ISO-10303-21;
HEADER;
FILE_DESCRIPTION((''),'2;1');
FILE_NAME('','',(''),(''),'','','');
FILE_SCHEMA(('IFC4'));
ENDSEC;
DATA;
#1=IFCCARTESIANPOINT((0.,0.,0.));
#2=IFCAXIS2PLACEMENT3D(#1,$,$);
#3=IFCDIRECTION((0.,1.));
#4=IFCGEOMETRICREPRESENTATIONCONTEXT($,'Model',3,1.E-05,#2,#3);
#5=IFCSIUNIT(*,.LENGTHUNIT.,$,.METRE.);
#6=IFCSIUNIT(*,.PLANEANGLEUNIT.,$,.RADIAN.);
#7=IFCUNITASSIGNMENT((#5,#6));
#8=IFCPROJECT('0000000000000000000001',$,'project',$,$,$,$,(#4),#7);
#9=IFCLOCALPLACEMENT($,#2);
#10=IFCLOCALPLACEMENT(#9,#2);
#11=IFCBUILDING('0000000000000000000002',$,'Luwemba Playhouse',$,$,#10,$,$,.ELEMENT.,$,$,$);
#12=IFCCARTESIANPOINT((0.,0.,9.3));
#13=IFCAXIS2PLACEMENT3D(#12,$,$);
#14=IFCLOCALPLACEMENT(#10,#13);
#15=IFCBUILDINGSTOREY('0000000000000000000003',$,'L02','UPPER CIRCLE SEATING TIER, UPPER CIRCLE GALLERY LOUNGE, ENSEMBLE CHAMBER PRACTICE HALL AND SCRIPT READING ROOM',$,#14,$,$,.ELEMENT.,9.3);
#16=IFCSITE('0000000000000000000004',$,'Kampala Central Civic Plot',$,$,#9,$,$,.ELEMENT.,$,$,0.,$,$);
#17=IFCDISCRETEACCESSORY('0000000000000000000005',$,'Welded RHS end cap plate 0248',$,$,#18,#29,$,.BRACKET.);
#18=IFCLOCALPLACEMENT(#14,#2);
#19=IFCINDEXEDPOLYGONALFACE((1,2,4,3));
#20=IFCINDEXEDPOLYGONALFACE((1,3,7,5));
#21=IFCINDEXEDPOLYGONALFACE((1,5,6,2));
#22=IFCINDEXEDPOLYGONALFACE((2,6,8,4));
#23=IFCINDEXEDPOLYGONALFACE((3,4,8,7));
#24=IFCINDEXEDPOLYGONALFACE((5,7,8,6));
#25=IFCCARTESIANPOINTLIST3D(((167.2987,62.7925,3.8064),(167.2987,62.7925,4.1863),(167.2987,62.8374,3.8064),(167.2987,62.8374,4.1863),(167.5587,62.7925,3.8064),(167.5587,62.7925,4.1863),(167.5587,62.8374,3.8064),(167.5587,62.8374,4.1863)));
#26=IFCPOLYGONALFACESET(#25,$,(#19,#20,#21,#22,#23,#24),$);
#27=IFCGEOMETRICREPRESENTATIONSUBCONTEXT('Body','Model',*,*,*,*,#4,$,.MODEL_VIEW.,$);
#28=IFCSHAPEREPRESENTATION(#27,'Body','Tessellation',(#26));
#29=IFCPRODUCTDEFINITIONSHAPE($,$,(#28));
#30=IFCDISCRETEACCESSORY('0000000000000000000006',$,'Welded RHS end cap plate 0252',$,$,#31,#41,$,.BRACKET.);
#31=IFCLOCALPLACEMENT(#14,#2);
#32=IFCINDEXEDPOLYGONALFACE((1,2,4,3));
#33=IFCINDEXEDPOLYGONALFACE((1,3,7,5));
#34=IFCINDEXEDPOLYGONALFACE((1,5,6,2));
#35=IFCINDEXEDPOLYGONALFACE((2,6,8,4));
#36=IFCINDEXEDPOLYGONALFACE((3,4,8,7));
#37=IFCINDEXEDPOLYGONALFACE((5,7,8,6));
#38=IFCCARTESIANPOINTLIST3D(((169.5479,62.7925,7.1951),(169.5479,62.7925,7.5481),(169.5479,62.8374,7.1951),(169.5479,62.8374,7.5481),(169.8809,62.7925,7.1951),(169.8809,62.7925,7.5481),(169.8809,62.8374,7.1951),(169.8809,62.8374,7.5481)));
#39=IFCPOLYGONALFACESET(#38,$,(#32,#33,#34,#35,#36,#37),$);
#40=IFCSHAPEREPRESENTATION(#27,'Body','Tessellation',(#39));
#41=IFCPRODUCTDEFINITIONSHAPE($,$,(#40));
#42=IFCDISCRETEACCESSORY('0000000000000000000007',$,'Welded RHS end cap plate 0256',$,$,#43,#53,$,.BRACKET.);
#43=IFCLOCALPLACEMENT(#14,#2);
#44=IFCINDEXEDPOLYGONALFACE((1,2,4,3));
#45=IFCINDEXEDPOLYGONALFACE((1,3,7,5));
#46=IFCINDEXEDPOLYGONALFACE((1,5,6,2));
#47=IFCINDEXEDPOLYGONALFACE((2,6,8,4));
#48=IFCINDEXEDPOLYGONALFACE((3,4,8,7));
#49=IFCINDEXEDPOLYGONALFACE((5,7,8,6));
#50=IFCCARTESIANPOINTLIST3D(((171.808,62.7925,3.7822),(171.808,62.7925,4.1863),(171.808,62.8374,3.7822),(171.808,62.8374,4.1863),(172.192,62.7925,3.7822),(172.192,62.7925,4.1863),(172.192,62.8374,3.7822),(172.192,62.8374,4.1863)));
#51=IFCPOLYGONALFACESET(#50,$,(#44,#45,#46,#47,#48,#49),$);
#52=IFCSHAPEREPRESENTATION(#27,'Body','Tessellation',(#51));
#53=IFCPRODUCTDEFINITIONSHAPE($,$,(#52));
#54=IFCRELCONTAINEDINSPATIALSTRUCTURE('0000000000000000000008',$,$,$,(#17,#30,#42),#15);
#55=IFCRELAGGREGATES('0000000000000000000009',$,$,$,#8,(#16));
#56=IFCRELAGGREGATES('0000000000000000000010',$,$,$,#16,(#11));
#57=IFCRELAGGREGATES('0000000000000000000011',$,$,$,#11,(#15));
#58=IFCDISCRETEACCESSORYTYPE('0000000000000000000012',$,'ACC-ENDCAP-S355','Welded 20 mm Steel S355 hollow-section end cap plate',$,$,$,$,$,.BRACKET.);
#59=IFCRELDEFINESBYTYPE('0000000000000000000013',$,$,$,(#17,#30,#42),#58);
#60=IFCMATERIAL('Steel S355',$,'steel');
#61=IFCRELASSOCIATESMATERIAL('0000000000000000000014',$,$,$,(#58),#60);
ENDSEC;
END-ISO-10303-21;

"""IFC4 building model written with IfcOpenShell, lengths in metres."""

from ifc_helpers import new_model, si_unit, direction, frame, origin, origin_2d, place, context, subcontext, project, spatial, rectangle, extrude, material, type_object, element, save


model = new_model("IFC4")

# Units and contexts
model_context = context("Model", 3, precision=1e-05, world=origin(), true_north=direction((0.0, 1.0)))
body_context = subcontext(model_context, "Body", "Model", "MODEL_VIEW")
ifc_project = project(units=[si_unit("LENGTHUNIT", "METRE"), si_unit("PLANEANGLEUNIT", "RADIAN")], contexts=[model_context])

# Site, building, storey
site_placement = place(None, origin())
site = spatial("IfcSite", under=ifc_project, at=site_placement, Name="Kampala Central Civic Plot", CompositionType="ELEMENT", RefElevation=0.0)
building_placement = place(site_placement, origin())
building = spatial("IfcBuilding", under=site, at=building_placement, Name="Luwemba Playhouse", CompositionType="ELEMENT")
storey_placement = place(building_placement, frame((0.0, 0.0, 9.3)))
storey = spatial("IfcBuildingStorey", under=building, at=storey_placement, Name="L02", Description="UPPER CIRCLE SEATING TIER, UPPER CIRCLE GALLERY LOUNGE, ENSEMBLE CHAMBER PRACTICE HALL AND SCRIPT READING ROOM", CompositionType="ELEMENT", Elevation=9.3)

# Shared definitions
ifc_material_1 = material(Name="Steel S355", Category="steel")

# Discrete accessories
discrete_accessory_type = type_object("IfcDiscreteAccessoryType", Name="ACC-ENDCAP-S355", Description="Welded 20 mm Steel S355 hollow-section end cap plate", PredefinedType="BRACKET", material=ifc_material_1)
discrete_accessory_1_placement = place(storey_placement, frame((167.4287, 62.8149, 3.8064), z_axis=(0.0, 0.0, 1.0), x_axis=(1.0, 0.0, 0.0)))
element("IfcDiscreteAccessory", 1, at=discrete_accessory_1_placement, inside=storey, type_object=discrete_accessory_type, Name="Welded RHS end cap plate 0248", PredefinedType="BRACKET", context=body_context, shape_type="SweptSolid", body=[
    extrude(rectangle(XDim=0.26, YDim=0.0449, at=origin_2d()), origin(), (0.0, 0.0, 1.0), 0.3799),
])
discrete_accessory_2_placement = place(storey_placement, frame((169.7144, 62.8149, 7.1951), z_axis=(0.0, 0.0, 1.0), x_axis=(1.0, 0.0, 0.0)))
element("IfcDiscreteAccessory", 2, at=discrete_accessory_2_placement, inside=storey, type_object=discrete_accessory_type, Name="Welded RHS end cap plate 0252", PredefinedType="BRACKET", context=body_context, shape_type="SweptSolid", body=[
    extrude(rectangle(XDim=0.333, YDim=0.0449, at=origin_2d()), origin(), (0.0, 0.0, 1.0), 0.353),
])
discrete_accessory_3_placement = place(storey_placement, frame((172.0, 62.8149, 3.7822), z_axis=(0.0, 0.0, 1.0), x_axis=(1.0, 0.0, 0.0)))
element("IfcDiscreteAccessory", 3, at=discrete_accessory_3_placement, inside=storey, type_object=discrete_accessory_type, Name="Welded RHS end cap plate 0256", PredefinedType="BRACKET", context=body_context, shape_type="SweptSolid", body=[
    extrude(rectangle(XDim=0.384, YDim=0.0449, at=origin_2d()), origin(), (0.0, 0.0, 1.0), 0.4041),
])

save(model, "model.ifc")
